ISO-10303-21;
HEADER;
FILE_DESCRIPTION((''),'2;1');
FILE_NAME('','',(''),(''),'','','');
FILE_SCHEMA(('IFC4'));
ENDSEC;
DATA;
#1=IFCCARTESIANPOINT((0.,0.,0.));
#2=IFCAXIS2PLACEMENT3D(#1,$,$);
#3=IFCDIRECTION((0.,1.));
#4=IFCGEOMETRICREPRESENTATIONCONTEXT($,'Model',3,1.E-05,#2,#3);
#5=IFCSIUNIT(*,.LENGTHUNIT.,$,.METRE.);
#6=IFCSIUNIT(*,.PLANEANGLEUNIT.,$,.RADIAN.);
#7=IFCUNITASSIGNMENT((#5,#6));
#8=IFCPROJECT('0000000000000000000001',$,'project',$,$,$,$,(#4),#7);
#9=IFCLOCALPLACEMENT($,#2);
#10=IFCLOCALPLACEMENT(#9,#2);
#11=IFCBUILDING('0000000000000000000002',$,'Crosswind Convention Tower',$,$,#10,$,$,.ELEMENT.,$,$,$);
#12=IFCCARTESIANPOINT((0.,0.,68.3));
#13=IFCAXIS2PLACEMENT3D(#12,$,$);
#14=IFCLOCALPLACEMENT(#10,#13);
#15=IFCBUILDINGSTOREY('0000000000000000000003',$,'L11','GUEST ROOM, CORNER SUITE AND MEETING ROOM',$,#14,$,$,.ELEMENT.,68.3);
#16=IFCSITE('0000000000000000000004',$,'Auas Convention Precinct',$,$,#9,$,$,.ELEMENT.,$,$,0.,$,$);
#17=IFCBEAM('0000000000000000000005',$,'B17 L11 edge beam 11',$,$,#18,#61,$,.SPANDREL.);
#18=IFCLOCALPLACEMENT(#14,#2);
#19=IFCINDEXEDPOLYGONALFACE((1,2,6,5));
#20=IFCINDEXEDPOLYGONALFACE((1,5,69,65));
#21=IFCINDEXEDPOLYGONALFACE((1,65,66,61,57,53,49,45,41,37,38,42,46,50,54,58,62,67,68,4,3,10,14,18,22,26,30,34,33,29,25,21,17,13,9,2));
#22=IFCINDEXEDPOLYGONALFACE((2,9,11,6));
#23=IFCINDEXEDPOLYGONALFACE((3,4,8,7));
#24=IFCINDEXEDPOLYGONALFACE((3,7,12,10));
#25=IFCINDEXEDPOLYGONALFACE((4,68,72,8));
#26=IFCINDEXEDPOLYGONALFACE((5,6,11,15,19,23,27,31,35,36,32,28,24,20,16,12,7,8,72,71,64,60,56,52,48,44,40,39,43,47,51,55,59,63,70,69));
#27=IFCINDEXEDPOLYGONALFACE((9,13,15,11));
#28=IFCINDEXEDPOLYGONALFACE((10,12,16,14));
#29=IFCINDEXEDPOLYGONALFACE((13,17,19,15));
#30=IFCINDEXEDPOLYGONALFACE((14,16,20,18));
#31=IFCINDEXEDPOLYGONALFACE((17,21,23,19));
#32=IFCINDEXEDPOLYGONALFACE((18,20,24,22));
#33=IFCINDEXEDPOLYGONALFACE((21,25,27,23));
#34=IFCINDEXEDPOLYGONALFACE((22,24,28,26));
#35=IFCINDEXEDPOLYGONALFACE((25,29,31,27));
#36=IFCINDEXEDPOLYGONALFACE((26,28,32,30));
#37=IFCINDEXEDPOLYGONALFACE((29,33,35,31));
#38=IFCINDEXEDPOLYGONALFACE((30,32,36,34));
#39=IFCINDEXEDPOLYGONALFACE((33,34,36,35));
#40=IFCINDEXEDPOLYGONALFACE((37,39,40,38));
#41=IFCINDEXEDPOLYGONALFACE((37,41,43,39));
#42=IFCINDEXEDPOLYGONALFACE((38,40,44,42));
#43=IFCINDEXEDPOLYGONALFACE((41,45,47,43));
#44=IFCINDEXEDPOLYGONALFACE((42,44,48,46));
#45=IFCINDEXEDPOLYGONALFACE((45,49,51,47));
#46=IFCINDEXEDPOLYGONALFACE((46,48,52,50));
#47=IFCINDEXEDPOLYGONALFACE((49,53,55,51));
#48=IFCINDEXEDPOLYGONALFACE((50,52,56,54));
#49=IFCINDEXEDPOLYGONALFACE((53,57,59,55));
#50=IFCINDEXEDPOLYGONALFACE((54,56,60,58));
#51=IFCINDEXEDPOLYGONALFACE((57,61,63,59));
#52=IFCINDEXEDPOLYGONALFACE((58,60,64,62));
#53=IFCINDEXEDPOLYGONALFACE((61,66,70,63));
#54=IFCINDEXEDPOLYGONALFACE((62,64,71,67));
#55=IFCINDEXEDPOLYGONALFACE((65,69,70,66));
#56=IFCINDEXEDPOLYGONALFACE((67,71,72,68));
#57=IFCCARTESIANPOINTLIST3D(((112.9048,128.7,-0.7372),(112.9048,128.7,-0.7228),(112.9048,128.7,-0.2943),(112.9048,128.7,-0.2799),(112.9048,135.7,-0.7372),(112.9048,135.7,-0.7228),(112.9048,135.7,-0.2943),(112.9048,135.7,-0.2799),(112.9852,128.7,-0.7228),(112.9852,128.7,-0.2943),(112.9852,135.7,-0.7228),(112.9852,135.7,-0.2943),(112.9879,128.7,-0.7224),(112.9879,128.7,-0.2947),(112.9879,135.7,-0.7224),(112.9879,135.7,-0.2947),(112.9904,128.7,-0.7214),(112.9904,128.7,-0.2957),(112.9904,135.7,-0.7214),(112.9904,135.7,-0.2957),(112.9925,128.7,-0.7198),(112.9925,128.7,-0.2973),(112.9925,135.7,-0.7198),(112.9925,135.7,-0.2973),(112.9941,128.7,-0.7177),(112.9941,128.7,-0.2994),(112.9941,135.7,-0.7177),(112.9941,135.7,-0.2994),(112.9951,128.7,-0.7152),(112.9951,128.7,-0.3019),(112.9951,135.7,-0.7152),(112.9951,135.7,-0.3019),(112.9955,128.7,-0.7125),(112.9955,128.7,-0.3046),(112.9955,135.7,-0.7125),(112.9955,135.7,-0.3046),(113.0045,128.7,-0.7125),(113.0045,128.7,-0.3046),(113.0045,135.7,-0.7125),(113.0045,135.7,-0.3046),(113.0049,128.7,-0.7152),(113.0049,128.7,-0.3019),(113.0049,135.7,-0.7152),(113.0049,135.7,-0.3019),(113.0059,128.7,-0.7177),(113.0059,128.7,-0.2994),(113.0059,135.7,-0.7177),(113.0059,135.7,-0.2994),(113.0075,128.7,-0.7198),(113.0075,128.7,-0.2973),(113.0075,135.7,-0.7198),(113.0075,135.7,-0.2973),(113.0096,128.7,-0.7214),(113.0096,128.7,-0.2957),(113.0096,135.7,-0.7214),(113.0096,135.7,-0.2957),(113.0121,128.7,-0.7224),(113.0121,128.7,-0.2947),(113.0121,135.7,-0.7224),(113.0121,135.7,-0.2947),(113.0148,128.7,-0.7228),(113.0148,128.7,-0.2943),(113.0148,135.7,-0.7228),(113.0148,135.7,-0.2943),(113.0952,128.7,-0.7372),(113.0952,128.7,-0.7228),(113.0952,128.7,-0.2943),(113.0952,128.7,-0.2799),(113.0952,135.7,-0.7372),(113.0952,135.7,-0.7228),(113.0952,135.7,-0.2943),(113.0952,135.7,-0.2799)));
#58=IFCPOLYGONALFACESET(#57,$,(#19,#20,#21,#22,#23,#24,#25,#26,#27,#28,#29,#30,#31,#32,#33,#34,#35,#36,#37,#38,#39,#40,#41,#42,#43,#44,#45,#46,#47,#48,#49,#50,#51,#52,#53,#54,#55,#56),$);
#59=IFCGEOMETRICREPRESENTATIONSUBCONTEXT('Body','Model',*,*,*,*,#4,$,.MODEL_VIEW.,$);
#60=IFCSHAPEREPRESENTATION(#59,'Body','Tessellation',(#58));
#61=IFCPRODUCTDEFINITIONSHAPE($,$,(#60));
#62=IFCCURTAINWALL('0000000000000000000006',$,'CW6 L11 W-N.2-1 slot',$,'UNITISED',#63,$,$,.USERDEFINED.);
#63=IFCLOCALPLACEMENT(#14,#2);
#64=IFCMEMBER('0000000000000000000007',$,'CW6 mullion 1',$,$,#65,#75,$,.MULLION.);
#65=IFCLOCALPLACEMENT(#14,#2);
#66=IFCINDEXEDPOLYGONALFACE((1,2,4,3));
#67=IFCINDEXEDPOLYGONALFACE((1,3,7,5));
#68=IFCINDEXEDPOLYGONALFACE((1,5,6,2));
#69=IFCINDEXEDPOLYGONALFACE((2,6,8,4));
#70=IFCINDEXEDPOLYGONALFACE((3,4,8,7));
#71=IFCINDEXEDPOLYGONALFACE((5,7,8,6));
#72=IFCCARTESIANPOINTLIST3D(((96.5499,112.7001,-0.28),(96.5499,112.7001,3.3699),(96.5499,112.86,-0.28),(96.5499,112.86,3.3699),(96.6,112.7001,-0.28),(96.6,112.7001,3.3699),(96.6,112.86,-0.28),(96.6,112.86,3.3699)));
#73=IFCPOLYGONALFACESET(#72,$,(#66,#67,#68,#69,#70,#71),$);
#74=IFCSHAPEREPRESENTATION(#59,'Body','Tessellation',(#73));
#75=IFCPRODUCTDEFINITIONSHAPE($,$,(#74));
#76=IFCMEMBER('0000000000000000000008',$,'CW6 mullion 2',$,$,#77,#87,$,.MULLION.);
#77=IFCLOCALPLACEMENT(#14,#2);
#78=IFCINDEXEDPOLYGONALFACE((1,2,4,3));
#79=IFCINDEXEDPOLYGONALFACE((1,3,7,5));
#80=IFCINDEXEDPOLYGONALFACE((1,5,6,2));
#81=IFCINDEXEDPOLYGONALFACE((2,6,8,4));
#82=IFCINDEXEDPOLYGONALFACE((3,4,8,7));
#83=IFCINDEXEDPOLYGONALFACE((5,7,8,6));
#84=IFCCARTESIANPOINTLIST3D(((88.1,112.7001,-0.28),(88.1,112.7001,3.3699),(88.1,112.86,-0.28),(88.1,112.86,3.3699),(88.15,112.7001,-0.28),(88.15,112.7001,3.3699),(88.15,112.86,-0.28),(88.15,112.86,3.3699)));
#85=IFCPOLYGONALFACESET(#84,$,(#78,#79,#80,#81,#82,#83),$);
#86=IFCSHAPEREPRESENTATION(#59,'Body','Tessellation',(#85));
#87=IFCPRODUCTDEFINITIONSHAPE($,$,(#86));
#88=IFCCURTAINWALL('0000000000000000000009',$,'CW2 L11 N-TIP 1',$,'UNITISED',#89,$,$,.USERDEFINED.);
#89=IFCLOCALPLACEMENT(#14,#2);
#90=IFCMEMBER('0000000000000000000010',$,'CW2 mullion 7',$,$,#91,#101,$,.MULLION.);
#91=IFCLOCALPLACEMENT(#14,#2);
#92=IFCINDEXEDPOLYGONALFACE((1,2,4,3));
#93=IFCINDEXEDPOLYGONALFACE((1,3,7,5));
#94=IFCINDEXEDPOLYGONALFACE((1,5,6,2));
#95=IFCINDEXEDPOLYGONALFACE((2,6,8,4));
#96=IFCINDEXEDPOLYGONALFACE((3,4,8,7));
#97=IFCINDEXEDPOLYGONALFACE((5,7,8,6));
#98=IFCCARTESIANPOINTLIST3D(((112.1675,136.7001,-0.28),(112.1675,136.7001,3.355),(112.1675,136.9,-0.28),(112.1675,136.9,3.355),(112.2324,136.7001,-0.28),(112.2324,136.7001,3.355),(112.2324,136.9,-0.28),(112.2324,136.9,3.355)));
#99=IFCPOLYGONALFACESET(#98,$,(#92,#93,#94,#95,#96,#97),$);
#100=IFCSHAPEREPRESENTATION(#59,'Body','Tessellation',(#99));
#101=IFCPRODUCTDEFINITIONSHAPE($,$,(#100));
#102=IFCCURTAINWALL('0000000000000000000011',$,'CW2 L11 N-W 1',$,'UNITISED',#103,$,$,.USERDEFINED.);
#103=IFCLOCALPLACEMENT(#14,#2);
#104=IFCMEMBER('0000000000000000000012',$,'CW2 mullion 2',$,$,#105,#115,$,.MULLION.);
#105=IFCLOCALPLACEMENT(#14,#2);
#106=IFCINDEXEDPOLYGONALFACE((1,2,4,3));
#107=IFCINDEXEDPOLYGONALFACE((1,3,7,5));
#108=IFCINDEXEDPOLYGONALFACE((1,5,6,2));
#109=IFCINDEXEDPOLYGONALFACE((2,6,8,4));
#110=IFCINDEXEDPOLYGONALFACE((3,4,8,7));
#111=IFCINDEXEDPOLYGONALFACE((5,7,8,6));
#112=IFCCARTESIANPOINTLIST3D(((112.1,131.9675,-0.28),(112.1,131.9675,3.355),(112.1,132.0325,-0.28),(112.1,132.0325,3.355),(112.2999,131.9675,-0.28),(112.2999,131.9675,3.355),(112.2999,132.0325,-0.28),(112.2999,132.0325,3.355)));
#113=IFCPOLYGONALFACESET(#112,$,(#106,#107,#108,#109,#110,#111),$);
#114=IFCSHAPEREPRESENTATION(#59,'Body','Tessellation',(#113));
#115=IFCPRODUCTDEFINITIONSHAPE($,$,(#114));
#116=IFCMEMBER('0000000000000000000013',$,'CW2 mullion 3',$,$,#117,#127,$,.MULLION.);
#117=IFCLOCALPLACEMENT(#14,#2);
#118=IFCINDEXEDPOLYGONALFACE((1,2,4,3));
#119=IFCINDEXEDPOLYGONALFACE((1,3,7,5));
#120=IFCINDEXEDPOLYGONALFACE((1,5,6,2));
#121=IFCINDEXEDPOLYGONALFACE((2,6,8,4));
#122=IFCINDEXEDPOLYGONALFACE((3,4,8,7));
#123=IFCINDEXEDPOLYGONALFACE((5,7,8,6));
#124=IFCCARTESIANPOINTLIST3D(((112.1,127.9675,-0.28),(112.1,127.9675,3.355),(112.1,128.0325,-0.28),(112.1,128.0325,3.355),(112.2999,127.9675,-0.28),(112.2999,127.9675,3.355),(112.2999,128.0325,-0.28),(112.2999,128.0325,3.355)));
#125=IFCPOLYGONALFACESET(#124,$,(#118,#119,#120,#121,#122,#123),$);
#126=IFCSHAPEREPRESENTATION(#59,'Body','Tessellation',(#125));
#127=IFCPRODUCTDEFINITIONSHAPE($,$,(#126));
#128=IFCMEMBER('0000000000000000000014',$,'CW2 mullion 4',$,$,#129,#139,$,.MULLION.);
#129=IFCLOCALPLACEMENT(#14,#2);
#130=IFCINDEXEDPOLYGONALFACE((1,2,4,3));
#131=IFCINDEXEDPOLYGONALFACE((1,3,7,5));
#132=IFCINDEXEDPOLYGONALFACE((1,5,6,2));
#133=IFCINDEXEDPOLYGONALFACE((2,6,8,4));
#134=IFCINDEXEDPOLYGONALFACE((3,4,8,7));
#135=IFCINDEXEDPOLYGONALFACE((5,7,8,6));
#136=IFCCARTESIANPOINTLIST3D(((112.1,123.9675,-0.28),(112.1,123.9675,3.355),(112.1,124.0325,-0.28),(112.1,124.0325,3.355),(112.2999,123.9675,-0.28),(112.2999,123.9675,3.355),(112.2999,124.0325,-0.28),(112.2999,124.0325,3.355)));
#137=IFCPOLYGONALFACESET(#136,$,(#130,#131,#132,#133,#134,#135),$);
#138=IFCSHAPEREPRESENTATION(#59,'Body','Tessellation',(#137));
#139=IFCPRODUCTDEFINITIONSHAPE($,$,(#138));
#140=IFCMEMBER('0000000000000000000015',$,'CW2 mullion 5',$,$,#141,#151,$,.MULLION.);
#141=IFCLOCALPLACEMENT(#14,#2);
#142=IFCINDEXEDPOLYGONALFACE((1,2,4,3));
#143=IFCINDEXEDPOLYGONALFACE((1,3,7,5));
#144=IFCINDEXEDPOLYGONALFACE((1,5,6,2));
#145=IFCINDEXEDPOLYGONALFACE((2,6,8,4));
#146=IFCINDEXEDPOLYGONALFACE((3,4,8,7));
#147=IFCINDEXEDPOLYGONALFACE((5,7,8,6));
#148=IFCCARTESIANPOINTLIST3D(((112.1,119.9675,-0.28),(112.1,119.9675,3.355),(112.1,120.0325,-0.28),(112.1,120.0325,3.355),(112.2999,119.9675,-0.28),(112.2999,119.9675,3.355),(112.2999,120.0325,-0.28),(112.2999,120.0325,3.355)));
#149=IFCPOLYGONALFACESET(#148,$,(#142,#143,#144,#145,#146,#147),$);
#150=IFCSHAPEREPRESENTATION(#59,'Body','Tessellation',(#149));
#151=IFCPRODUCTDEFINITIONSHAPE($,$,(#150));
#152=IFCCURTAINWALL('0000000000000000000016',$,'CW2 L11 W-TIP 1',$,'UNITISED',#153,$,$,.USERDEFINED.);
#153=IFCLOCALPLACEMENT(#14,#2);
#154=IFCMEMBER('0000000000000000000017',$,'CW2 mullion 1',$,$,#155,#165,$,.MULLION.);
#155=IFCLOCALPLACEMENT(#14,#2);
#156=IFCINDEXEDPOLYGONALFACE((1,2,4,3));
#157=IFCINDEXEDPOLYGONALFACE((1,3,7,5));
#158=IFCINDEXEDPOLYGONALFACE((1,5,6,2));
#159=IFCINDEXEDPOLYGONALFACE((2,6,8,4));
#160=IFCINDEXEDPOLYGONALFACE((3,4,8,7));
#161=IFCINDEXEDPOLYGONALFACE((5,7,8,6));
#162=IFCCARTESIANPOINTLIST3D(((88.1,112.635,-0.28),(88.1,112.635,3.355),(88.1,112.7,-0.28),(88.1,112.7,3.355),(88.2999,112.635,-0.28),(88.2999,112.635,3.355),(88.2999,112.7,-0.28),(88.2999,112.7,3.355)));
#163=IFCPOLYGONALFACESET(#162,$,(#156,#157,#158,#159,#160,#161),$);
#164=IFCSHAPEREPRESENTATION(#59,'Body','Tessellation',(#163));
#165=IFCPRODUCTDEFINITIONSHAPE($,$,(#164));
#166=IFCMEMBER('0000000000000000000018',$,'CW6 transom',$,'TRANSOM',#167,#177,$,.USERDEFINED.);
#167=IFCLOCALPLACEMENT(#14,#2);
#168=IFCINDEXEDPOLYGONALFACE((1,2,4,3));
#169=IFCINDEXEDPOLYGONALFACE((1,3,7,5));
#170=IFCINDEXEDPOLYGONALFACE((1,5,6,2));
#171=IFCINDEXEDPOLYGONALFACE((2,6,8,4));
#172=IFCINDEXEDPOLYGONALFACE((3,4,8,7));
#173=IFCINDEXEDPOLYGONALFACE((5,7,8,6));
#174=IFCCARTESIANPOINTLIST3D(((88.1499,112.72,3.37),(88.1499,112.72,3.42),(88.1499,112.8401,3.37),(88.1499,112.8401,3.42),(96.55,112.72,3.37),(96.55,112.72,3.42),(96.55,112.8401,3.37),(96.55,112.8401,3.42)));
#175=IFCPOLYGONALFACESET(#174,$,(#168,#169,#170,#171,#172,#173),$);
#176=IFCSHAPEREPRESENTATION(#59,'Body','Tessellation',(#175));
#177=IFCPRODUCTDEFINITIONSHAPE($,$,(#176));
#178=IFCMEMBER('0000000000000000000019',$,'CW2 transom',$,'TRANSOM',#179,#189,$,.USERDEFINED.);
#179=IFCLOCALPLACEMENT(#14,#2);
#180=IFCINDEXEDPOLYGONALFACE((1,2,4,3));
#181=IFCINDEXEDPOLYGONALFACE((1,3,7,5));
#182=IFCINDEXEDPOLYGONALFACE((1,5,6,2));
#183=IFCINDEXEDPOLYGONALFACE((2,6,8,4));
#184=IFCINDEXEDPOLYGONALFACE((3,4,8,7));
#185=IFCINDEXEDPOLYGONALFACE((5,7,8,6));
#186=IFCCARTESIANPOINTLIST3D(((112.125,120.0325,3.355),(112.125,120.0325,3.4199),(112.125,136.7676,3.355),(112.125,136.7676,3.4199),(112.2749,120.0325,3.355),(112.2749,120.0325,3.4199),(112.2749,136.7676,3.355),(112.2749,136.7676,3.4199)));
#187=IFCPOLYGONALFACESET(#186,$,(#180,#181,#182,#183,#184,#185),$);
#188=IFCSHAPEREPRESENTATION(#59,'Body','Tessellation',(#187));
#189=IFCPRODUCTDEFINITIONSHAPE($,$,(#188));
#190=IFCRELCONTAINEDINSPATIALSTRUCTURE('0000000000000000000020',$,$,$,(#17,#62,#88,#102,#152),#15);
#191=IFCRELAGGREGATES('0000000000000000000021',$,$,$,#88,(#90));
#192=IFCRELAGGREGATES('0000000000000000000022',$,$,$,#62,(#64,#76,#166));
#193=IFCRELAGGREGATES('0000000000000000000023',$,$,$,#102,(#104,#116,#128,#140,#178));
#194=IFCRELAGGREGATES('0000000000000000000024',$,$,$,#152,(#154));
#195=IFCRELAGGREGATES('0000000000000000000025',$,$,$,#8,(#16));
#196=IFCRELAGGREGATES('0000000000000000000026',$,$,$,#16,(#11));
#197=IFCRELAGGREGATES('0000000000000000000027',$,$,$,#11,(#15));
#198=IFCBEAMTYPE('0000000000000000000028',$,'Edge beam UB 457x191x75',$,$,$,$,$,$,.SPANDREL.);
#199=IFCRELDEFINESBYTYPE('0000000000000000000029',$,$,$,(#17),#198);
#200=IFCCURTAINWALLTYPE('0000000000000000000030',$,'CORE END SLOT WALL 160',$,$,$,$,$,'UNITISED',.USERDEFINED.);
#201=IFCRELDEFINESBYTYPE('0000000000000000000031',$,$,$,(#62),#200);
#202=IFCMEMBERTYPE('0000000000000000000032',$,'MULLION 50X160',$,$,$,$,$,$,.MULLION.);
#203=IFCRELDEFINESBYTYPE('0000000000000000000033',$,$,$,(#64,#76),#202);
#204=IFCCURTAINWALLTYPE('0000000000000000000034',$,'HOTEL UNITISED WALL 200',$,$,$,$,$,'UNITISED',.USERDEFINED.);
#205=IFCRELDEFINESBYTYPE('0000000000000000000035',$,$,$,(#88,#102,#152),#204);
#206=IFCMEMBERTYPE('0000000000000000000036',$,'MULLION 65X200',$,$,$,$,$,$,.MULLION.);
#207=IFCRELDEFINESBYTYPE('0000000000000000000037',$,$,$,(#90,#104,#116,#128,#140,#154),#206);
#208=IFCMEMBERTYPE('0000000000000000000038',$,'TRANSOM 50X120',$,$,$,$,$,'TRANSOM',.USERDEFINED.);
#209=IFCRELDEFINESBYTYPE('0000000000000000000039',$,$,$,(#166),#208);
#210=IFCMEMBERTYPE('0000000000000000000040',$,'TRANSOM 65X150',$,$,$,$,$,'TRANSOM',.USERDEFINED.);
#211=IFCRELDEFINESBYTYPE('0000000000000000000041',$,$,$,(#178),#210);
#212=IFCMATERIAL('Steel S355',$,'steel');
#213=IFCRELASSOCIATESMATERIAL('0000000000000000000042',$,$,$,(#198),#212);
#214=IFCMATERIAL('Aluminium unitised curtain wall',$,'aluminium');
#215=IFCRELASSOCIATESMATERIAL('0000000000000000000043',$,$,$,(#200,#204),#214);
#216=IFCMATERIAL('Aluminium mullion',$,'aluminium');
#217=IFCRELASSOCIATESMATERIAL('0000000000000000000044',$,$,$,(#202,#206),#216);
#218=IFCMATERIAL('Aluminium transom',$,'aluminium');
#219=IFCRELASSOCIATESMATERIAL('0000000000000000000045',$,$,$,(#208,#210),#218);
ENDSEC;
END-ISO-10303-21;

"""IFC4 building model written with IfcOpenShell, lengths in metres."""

from ifc_helpers import new_model, si_unit, direction, frame, origin, origin_2d, place, context, subcontext, project, spatial, rectangle, i_section, extrude, material, material_profile, profile_set, type_object, element, aggregate, save


model = new_model("IFC4")

# Units and contexts
model_context = context("Model", 3, precision=1e-05, world=origin(), true_north=direction((0.0, 1.0)))
body_context = subcontext(model_context, "Body", "Model", "MODEL_VIEW")
ifc_project = project(units=[si_unit("LENGTHUNIT", "METRE"), si_unit("PLANEANGLEUNIT", "RADIAN")], contexts=[model_context])

# Site, building, storey
site_placement = place(None, origin())
site = spatial("IfcSite", under=ifc_project, at=site_placement, Name="Auas Convention Precinct", CompositionType="ELEMENT", RefElevation=0.0)
building_placement = place(site_placement, origin())
building = spatial("IfcBuilding", under=site, at=building_placement, Name="Crosswind Convention Tower", CompositionType="ELEMENT")
storey_placement = place(building_placement, frame((0.0, 0.0, 68.3)))
storey = spatial("IfcBuildingStorey", under=building, at=storey_placement, Name="L11", Description="GUEST ROOM, CORNER SUITE AND MEETING ROOM", CompositionType="ELEMENT", Elevation=68.3)

# Beam
ifc_material_1 = material(Name="Steel S355", Category="steel")
ifc_material_profile_1 = material_profile(ifc_material_1, i_section(OverallWidth=0.1904, OverallDepth=0.4573, WebThickness=0.009, FlangeThickness=0.0144, FilletRadius=0.0103, at=origin_2d()), Name="UB 457x191x75")
ifc_profile_set_1 = profile_set([ifc_material_profile_1], Name="Steel S355")
beam_type_1 = type_object("IfcBeamType", Name="Edge beam UB 457x191x75", PredefinedType="SPANDREL", material=ifc_profile_set_1)
beam_1_placement = place(storey_placement, frame((113.0, 128.7, -0.5085), z_axis=(0.0, 1.0, 0.0), x_axis=(-1.0, 0.0, 0.0)))
element("IfcBeam", 1, at=beam_1_placement, inside=storey, type_object=beam_type_1, Name="B17 L11 edge beam 11", PredefinedType="SPANDREL", context=body_context, shape_type="SweptSolid", body=[
    extrude(i_section(OverallWidth=0.1904, OverallDepth=0.4573, WebThickness=0.009, FlangeThickness=0.0144, FilletRadius=0.0103, at=origin_2d()), origin(), (0.0, 0.0, 1.0), 7.0),
])

# Curtain wall, members
ifc_material_2 = material(Name="Aluminium unitised curtain wall", Category="aluminium")
curtain_wall_type_1 = type_object("IfcCurtainWallType", Name="CORE END SLOT WALL 160", ElementType="UNITISED", PredefinedType="USERDEFINED", material=ifc_material_2)
curtain_wall_1_placement = place(storey_placement, origin())
curtain_wall_1 = element("IfcCurtainWall", 2, at=curtain_wall_1_placement, inside=storey, type_object=curtain_wall_type_1, Name="CW6 L11 W-N.2-1 slot", ObjectType="UNITISED", PredefinedType="USERDEFINED")
ifc_material_3 = material(Name="Aluminium mullion", Category="aluminium")
ifc_material_profile_2 = material_profile(ifc_material_3, rectangle(XDim=0.1599, YDim=0.05, at=origin_2d()), Name="AL 160X50")
ifc_profile_set_2 = profile_set([ifc_material_profile_2], Name="Aluminium mullion")
member_type_1 = type_object("IfcMemberType", Name="MULLION 50X160", PredefinedType="MULLION", material=ifc_profile_set_2)
member_1_placement = place(storey_placement, frame((96.575, 112.78, -0.28), z_axis=(0.0, 0.0, 1.0), x_axis=(0.0, 1.0, 0.0)))
member_1 = element("IfcMember", 3, at=member_1_placement, type_object=member_type_1, Name="CW6 mullion 1", PredefinedType="MULLION", context=body_context, shape_type="SweptSolid", body=[
    extrude(rectangle(XDim=0.1599, YDim=0.05, at=origin_2d()), origin(), (0.0, 0.0, 1.0), 3.6499),
])
member_2_placement = place(storey_placement, frame((88.125, 112.78, -0.28), z_axis=(0.0, 0.0, 1.0), x_axis=(0.0, 1.0, 0.0)))
member_2 = element("IfcMember", 4, at=member_2_placement, type_object=member_type_1, Name="CW6 mullion 2", PredefinedType="MULLION", context=body_context, shape_type="SweptSolid", body=[
    extrude(rectangle(XDim=0.1599, YDim=0.05, at=origin_2d()), origin(), (0.0, 0.0, 1.0), 3.6499),
])

# Curtain wall, member
curtain_wall_type_2 = type_object("IfcCurtainWallType", Name="HOTEL UNITISED WALL 200", ElementType="UNITISED", PredefinedType="USERDEFINED", material=ifc_material_2)
curtain_wall_2_placement = place(storey_placement, origin())
curtain_wall_2 = element("IfcCurtainWall", 5, at=curtain_wall_2_placement, inside=storey, type_object=curtain_wall_type_2, Name="CW2 L11 N-TIP 1", ObjectType="UNITISED", PredefinedType="USERDEFINED")
ifc_material_profile_3 = material_profile(ifc_material_3, rectangle(XDim=0.2, YDim=0.0649, at=origin_2d()), Name="AL 200X65")
ifc_profile_set_3 = profile_set([ifc_material_profile_3], Name="Aluminium mullion")
member_type_2 = type_object("IfcMemberType", Name="MULLION 65X200", PredefinedType="MULLION", material=ifc_profile_set_3)
member_3_placement = place(storey_placement, frame((112.2, 136.8, -0.28), z_axis=(0.0, 0.0, 1.0), x_axis=(0.0, 1.0, 0.0)))
member_3 = element("IfcMember", 6, at=member_3_placement, type_object=member_type_2, Name="CW2 mullion 7", PredefinedType="MULLION", context=body_context, shape_type="SweptSolid", body=[
    extrude(rectangle(XDim=0.2, YDim=0.0649, at=origin_2d()), origin(), (0.0, 0.0, 1.0), 3.635),
])
aggregate(curtain_wall_2, [member_3])

# Curtain wall, members
curtain_wall_3_placement = place(storey_placement, origin())
curtain_wall_3 = element("IfcCurtainWall", 7, at=curtain_wall_3_placement, inside=storey, type_object=curtain_wall_type_2, Name="CW2 L11 N-W 1", ObjectType="UNITISED", PredefinedType="USERDEFINED")
member_4_placement = place(storey_placement, frame((112.2, 132.0, -0.28), z_axis=(0.0, 0.0, 1.0), x_axis=(-1.0, 0.0, 0.0)))
member_4 = element("IfcMember", 8, at=member_4_placement, type_object=member_type_2, Name="CW2 mullion 2", PredefinedType="MULLION", context=body_context, shape_type="SweptSolid", body=[
    extrude(rectangle(XDim=0.2, YDim=0.0649, at=origin_2d()), origin(), (0.0, 0.0, 1.0), 3.635),
])
member_5_placement = place(storey_placement, frame((112.2, 128.0, -0.28), z_axis=(0.0, 0.0, 1.0), x_axis=(-1.0, 0.0, 0.0)))
member_5 = element("IfcMember", 9, at=member_5_placement, type_object=member_type_2, Name="CW2 mullion 3", PredefinedType="MULLION", context=body_context, shape_type="SweptSolid", body=[
    extrude(rectangle(XDim=0.2, YDim=0.0649, at=origin_2d()), origin(), (0.0, 0.0, 1.0), 3.635),
])
member_6_placement = place(storey_placement, frame((112.2, 124.0, -0.28), z_axis=(0.0, 0.0, 1.0), x_axis=(-1.0, 0.0, 0.0)))
member_6 = element("IfcMember", 10, at=member_6_placement, type_object=member_type_2, Name="CW2 mullion 4", PredefinedType="MULLION", context=body_context, shape_type="SweptSolid", body=[
    extrude(rectangle(XDim=0.2, YDim=0.0649, at=origin_2d()), origin(), (0.0, 0.0, 1.0), 3.635),
])
member_7_placement = place(storey_placement, frame((112.2, 120.0, -0.28), z_axis=(0.0, 0.0, 1.0), x_axis=(-1.0, 0.0, 0.0)))
member_7 = element("IfcMember", 11, at=member_7_placement, type_object=member_type_2, Name="CW2 mullion 5", PredefinedType="MULLION", context=body_context, shape_type="SweptSolid", body=[
    extrude(rectangle(XDim=0.2, YDim=0.0649, at=origin_2d()), origin(), (0.0, 0.0, 1.0), 3.635),
])

# Curtain wall, member
curtain_wall_4_placement = place(storey_placement, origin())
curtain_wall_4 = element("IfcCurtainWall", 12, at=curtain_wall_4_placement, inside=storey, type_object=curtain_wall_type_2, Name="CW2 L11 W-TIP 1", ObjectType="UNITISED", PredefinedType="USERDEFINED")
member_8_placement = place(storey_placement, frame((88.2, 112.6675, -0.28), z_axis=(0.0, 0.0, 1.0), x_axis=(-1.0, 0.0, 0.0)))
member_8 = element("IfcMember", 13, at=member_8_placement, type_object=member_type_2, Name="CW2 mullion 1", PredefinedType="MULLION", context=body_context, shape_type="SweptSolid", body=[
    extrude(rectangle(XDim=0.2, YDim=0.0649, at=origin_2d()), origin(), (0.0, 0.0, 1.0), 3.635),
])

# Members
ifc_material_4 = material(Name="Aluminium transom", Category="aluminium")
ifc_material_profile_4 = material_profile(ifc_material_4, rectangle(XDim=0.1201, YDim=0.05, at=origin_2d()), Name="AL 120X50")
ifc_profile_set_4 = profile_set([ifc_material_profile_4], Name="Aluminium transom")
member_type_3 = type_object("IfcMemberType", Name="TRANSOM 50X120", ElementType="TRANSOM", PredefinedType="USERDEFINED", material=ifc_profile_set_4)
member_9_placement = place(storey_placement, frame((96.55, 112.78, 3.395), z_axis=(-1.0, 0.0, 0.0), x_axis=(0.0, -1.0, 0.0)))
member_9 = element("IfcMember", 14, at=member_9_placement, type_object=member_type_3, Name="CW6 transom", ObjectType="TRANSOM", PredefinedType="USERDEFINED", context=body_context, shape_type="SweptSolid", body=[
    extrude(rectangle(XDim=0.1201, YDim=0.05, at=origin_2d()), origin(), (0.0, 0.0, 1.0), 8.4001),
])
ifc_material_profile_5 = material_profile(ifc_material_4, rectangle(XDim=0.1499, YDim=0.0649, at=origin_2d()), Name="AL 150X65")
ifc_profile_set_5 = profile_set([ifc_material_profile_5], Name="Aluminium transom")
member_type_4 = type_object("IfcMemberType", Name="TRANSOM 65X150", ElementType="TRANSOM", PredefinedType="USERDEFINED", material=ifc_profile_set_5)
member_10_placement = place(storey_placement, frame((112.2, 136.7676, 3.3875), z_axis=(0.0, -1.0, 0.0), x_axis=(1.0, 0.0, 0.0)))
member_10 = element("IfcMember", 15, at=member_10_placement, type_object=member_type_4, Name="CW2 transom", ObjectType="TRANSOM", PredefinedType="USERDEFINED", context=body_context, shape_type="SweptSolid", body=[
    extrude(rectangle(XDim=0.1499, YDim=0.0649, at=origin_2d()), origin(), (0.0, 0.0, 1.0), 16.7351),
])

aggregate(curtain_wall_1, [member_1, member_2, member_9])

aggregate(curtain_wall_3, [member_4, member_5, member_6, member_7, member_10])
aggregate(curtain_wall_4, [member_8])

save(model, "model.ifc")
